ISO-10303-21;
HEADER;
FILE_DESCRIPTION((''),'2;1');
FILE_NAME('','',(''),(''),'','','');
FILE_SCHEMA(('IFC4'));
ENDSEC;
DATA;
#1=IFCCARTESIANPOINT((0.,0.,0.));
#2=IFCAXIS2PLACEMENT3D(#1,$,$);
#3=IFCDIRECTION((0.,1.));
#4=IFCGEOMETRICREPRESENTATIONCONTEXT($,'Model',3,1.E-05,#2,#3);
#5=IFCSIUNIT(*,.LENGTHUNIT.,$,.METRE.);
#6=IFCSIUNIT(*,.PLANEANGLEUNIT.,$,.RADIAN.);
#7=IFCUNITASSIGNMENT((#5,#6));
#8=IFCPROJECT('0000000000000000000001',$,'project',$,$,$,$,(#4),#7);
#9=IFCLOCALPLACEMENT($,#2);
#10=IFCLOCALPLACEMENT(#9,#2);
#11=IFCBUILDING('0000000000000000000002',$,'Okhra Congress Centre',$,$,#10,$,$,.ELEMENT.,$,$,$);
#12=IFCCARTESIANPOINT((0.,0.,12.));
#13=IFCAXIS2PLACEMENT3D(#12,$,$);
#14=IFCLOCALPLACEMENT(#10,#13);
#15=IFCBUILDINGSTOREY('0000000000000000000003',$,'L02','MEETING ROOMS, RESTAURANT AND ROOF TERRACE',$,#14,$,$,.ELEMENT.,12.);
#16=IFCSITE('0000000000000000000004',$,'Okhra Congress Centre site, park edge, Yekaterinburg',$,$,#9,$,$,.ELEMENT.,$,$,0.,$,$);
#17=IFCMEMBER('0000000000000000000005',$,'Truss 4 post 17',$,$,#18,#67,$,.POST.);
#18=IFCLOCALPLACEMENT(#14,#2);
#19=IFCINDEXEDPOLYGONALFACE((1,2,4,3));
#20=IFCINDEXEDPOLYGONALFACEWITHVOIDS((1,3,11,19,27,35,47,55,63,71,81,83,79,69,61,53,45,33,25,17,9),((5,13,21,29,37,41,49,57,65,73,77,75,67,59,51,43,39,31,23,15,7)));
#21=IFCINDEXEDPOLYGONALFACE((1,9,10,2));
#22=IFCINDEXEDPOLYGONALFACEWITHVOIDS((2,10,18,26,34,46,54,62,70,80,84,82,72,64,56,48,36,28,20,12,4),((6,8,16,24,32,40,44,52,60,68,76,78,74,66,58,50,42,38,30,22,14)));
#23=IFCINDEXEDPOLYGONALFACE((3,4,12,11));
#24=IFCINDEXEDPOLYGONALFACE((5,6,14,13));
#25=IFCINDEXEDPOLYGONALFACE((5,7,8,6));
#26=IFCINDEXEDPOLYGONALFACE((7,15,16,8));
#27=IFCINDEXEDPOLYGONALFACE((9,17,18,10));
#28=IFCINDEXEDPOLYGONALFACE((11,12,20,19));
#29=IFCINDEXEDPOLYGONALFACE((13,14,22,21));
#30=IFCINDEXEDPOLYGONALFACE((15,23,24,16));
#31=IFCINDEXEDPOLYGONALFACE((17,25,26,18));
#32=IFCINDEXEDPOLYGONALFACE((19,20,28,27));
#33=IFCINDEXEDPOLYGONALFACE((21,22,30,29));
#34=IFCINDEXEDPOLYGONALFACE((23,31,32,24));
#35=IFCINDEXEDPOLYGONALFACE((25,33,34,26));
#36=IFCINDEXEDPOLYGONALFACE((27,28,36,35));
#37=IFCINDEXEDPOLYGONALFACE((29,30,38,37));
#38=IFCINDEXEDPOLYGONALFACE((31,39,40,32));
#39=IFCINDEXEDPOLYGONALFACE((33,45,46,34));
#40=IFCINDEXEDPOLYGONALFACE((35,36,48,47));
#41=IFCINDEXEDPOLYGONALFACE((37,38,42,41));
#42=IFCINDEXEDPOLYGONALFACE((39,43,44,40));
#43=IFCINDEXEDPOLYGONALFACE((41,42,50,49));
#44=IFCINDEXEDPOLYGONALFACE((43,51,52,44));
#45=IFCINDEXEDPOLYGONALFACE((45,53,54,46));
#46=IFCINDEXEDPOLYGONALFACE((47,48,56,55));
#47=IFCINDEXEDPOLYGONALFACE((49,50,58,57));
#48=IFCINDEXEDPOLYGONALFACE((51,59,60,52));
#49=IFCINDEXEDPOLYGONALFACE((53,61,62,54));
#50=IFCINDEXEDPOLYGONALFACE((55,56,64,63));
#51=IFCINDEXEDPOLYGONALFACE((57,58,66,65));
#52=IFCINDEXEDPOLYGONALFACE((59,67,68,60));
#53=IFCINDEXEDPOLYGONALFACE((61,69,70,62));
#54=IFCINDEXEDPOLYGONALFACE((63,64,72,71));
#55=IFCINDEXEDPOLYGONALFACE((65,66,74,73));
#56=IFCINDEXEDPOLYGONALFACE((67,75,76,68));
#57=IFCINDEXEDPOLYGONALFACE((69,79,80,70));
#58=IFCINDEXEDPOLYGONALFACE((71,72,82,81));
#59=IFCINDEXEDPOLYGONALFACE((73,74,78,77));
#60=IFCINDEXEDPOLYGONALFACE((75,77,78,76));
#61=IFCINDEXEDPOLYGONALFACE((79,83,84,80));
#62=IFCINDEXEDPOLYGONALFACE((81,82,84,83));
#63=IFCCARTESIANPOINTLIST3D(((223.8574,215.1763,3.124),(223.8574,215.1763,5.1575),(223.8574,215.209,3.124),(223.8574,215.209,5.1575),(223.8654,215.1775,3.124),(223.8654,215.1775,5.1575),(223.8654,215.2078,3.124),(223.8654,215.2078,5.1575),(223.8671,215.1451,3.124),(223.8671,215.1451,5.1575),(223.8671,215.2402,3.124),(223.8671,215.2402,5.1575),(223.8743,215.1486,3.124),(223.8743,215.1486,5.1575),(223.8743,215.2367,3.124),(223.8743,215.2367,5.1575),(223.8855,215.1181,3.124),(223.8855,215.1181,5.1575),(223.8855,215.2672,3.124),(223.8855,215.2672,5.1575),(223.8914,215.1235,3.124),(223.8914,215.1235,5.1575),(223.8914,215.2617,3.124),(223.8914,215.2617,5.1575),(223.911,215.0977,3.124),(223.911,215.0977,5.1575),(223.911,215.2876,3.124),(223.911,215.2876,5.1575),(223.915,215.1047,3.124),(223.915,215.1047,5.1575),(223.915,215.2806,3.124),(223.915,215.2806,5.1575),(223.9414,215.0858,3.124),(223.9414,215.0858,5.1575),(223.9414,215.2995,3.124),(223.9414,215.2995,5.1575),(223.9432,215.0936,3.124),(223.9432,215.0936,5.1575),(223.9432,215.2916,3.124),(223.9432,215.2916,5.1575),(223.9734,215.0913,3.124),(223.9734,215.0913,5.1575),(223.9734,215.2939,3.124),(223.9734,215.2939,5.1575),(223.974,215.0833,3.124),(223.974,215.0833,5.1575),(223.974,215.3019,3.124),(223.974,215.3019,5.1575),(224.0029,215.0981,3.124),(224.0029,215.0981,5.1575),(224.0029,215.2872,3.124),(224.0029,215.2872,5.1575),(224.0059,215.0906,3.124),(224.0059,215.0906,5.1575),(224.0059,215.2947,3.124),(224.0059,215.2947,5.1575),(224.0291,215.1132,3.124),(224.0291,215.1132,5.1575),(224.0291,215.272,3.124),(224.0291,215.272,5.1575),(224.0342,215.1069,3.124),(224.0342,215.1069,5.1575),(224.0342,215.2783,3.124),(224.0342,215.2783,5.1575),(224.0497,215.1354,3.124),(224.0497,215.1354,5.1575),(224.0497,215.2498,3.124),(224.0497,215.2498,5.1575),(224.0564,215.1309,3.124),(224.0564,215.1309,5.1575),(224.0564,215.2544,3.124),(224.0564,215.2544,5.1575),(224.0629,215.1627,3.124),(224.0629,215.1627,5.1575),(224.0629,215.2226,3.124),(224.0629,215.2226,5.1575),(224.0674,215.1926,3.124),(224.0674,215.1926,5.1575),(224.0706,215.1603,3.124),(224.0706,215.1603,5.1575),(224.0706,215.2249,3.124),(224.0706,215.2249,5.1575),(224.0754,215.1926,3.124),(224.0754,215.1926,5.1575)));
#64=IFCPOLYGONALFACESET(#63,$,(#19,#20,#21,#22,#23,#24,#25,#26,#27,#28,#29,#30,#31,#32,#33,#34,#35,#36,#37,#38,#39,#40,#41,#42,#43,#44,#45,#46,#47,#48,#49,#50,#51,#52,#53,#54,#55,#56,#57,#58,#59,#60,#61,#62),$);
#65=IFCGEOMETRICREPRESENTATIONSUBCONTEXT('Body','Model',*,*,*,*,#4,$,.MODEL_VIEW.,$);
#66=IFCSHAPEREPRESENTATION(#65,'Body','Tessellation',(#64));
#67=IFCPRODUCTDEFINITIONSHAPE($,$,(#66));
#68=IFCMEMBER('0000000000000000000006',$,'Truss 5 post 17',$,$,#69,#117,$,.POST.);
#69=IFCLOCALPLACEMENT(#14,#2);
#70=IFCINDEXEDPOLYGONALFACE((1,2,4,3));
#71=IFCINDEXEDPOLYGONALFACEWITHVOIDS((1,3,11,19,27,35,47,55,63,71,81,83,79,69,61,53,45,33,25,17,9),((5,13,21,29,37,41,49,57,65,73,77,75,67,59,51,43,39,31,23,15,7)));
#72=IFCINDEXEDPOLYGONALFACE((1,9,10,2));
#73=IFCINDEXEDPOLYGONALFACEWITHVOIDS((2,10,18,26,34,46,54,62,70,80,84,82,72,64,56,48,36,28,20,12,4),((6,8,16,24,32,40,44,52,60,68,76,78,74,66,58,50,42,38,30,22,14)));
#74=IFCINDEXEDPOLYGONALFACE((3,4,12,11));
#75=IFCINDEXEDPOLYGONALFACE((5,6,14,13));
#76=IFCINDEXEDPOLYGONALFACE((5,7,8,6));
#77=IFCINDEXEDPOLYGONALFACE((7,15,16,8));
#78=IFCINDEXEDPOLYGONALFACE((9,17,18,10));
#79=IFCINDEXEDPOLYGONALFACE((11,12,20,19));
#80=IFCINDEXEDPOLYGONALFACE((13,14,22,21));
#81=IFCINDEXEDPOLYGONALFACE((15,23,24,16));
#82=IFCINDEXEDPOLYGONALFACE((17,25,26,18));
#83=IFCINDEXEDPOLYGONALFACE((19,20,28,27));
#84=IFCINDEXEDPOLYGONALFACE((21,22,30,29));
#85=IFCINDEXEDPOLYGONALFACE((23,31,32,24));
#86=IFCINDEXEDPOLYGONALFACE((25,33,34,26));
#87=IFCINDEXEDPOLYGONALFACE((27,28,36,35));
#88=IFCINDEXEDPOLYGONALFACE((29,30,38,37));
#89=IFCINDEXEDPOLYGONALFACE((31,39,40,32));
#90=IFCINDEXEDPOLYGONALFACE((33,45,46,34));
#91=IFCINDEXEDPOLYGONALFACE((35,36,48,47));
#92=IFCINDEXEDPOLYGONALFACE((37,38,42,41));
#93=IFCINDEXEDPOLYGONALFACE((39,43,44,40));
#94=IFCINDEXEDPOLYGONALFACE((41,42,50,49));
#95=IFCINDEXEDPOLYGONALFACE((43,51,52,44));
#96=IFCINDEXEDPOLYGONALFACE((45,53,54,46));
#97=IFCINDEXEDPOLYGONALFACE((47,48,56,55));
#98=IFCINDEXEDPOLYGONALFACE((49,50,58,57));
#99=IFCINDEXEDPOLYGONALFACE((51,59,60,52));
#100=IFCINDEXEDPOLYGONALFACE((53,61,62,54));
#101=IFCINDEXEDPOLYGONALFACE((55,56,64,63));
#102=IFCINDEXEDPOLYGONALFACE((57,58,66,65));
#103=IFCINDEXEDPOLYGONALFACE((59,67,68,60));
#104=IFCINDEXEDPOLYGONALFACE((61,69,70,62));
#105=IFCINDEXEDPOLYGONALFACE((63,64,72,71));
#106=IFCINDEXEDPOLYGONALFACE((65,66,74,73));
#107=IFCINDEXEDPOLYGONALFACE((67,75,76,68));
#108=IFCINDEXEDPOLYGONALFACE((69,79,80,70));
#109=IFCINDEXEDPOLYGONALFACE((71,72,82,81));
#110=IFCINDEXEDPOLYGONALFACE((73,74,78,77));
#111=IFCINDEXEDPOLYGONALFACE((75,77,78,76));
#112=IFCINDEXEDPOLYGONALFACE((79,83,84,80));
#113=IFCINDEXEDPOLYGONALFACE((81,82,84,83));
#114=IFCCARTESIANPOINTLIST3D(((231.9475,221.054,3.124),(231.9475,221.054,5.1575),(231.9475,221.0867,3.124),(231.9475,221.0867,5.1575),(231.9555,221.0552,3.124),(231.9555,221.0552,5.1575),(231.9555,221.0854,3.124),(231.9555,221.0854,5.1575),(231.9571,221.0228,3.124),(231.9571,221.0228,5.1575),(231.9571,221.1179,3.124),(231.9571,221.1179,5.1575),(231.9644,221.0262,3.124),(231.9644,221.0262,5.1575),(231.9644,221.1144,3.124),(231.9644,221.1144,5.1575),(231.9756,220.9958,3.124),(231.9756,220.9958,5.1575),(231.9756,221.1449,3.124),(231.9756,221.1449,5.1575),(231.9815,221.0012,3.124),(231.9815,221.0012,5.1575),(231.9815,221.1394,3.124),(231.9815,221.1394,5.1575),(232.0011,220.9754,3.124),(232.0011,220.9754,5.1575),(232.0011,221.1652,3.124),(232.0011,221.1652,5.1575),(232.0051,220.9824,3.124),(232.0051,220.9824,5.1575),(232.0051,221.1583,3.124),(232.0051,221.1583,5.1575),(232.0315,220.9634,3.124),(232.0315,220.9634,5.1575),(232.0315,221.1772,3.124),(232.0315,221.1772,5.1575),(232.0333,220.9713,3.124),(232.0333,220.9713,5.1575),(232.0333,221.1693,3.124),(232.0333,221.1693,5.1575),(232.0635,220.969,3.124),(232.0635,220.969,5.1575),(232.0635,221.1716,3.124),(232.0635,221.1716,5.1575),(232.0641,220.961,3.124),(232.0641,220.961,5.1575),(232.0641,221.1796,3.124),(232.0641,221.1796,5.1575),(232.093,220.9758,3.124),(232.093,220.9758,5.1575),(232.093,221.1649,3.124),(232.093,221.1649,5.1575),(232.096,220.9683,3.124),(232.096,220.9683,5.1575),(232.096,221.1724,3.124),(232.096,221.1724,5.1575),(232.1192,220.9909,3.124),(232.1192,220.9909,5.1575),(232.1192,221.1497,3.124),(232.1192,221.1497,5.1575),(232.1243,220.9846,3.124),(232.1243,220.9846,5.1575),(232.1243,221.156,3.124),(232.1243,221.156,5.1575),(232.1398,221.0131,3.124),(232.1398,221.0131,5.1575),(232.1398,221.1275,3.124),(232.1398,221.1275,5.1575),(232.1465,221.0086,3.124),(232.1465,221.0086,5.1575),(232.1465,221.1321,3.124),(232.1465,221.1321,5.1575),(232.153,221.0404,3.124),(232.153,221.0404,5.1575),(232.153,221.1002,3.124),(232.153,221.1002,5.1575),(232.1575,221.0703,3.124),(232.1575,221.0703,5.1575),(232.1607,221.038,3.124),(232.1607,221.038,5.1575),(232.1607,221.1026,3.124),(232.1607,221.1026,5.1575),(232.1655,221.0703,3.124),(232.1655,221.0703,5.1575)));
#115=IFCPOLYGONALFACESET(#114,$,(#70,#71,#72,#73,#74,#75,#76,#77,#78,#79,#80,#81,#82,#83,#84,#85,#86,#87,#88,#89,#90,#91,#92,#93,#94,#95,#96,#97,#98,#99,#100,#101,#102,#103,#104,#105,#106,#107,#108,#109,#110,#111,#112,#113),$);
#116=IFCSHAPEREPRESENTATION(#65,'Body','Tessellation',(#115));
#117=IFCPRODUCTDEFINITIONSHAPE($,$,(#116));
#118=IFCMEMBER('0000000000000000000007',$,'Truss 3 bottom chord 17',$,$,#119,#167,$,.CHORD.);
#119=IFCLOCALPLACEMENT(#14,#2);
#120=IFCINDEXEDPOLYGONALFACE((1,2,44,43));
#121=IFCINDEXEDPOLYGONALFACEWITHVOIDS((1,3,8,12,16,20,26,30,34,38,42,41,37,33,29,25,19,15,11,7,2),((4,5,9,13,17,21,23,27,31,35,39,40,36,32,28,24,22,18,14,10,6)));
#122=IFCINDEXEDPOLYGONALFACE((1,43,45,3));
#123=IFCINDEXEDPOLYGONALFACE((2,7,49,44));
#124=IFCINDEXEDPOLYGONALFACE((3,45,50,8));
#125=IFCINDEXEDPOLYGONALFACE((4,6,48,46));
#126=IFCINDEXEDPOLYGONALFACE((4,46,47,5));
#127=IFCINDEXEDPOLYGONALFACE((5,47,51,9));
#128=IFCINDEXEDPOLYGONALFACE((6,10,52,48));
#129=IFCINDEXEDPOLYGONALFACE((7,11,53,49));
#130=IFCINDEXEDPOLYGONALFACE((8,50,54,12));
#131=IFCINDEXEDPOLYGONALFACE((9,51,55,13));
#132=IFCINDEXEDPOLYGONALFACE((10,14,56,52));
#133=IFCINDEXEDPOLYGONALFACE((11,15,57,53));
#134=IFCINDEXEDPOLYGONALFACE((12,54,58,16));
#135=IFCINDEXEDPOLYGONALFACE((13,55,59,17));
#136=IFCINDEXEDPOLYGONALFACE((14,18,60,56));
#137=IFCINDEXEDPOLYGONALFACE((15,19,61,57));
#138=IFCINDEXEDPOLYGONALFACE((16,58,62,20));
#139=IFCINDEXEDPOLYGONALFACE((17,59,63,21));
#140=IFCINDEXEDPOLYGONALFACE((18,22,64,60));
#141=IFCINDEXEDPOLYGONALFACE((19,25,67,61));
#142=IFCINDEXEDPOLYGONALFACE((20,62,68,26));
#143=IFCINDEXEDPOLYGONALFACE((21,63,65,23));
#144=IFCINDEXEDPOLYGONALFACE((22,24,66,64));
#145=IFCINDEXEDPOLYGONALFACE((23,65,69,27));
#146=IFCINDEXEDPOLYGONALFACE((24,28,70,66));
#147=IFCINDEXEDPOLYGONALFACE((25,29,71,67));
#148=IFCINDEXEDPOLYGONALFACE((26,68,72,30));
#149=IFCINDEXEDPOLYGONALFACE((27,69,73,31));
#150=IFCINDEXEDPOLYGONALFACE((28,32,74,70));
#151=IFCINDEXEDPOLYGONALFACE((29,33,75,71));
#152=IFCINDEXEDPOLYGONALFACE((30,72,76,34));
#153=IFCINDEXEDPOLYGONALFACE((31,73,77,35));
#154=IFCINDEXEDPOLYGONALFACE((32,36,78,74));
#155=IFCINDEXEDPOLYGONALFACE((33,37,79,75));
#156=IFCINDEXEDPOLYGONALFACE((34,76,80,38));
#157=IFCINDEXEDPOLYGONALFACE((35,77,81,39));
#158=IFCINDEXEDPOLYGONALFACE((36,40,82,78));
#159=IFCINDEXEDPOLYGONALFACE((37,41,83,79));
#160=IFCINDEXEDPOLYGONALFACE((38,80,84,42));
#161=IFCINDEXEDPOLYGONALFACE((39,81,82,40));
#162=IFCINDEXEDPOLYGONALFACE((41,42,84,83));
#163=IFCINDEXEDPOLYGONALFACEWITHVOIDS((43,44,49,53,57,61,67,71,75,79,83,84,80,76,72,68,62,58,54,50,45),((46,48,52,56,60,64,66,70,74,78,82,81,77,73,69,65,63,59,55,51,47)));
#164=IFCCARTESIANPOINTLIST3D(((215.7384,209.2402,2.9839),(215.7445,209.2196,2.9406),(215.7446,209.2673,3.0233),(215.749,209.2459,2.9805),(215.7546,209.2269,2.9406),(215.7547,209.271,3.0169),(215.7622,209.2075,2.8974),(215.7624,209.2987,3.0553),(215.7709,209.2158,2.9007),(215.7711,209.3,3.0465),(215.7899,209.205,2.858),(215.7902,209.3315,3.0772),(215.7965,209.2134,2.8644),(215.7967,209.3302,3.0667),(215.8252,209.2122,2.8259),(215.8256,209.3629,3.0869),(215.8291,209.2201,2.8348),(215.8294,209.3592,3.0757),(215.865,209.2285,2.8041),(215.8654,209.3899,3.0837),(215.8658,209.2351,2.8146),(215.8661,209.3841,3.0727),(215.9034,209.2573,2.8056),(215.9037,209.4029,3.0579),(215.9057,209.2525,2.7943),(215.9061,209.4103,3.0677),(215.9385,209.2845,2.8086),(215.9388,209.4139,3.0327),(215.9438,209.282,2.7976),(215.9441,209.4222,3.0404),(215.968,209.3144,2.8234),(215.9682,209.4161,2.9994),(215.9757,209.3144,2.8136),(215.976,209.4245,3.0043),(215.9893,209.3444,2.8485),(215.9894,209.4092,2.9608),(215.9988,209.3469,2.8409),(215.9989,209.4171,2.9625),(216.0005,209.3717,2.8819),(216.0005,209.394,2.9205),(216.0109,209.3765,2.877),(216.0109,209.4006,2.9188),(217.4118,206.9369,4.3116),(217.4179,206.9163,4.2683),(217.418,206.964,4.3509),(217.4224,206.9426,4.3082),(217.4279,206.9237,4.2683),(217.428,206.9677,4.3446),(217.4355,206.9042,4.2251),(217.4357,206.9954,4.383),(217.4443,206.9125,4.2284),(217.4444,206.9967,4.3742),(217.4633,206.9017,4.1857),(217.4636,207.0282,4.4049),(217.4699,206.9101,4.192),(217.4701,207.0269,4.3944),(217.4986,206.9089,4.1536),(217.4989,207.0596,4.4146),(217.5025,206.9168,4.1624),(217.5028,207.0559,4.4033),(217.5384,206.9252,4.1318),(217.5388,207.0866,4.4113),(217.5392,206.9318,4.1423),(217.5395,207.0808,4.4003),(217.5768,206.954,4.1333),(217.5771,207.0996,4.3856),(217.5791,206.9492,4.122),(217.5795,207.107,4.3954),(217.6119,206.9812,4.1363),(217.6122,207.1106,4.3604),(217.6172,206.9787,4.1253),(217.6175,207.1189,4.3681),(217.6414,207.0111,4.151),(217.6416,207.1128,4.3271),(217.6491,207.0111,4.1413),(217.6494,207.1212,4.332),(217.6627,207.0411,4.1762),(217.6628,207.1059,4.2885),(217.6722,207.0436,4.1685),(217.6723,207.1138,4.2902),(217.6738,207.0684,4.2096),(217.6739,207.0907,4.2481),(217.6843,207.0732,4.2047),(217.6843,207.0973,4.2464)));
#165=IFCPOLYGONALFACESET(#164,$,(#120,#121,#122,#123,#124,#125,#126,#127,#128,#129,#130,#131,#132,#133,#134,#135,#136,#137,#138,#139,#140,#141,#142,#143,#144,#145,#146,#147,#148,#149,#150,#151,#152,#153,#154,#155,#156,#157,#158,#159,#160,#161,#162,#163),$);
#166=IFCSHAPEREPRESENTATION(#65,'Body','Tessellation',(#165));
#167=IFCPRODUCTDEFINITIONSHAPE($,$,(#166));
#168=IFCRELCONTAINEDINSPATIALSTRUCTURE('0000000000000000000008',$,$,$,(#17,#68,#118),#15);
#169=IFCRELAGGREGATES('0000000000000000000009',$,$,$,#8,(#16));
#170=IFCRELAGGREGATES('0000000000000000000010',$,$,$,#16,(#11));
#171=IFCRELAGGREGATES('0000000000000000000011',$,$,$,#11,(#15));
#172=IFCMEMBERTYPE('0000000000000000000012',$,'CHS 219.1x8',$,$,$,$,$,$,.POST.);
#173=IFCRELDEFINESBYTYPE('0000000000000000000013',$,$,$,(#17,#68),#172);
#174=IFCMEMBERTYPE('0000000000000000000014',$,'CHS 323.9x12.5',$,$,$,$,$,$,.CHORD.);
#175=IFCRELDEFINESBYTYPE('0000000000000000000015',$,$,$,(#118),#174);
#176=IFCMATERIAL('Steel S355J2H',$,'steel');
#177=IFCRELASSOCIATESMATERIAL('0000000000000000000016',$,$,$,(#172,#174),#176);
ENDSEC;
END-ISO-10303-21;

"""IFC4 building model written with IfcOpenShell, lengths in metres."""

from ifc_helpers import new_model, si_unit, direction, frame, origin, origin_2d, place, context, subcontext, project, spatial, hollow_circle, extrude, material, material_profile, profile_set, type_object, element, save


model = new_model("IFC4")

# Units and contexts
model_context = context("Model", 3, precision=1e-05, world=origin(), true_north=direction((0.0, 1.0)))
body_context = subcontext(model_context, "Body", "Model", "MODEL_VIEW")
ifc_project = project(units=[si_unit("LENGTHUNIT", "METRE"), si_unit("PLANEANGLEUNIT", "RADIAN")], contexts=[model_context])

# Site, building, storey
site_placement = place(None, origin())
site = spatial("IfcSite", under=ifc_project, at=site_placement, Name="Okhra Congress Centre site, park edge, Yekaterinburg", CompositionType="ELEMENT", RefElevation=0.0)
building_placement = place(site_placement, origin())
building = spatial("IfcBuilding", under=site, at=building_placement, Name="Okhra Congress Centre", CompositionType="ELEMENT")
storey_placement = place(building_placement, frame((0.0, 0.0, 12.0)))
storey = spatial("IfcBuildingStorey", under=building, at=storey_placement, Name="L02", Description="MEETING ROOMS, RESTAURANT AND ROOF TERRACE", CompositionType="ELEMENT", Elevation=12.0)

# Shared definitions
ifc_material_1 = material(Name="Steel S355J2H", Category="steel")

# Members
ifc_material_profile_1 = material_profile(ifc_material_1, hollow_circle(Radius=0.1096, WallThickness=0.0081, at=origin_2d()), Name="CHS 219.1x8")
ifc_profile_set_1 = profile_set([ifc_material_profile_1], Name="Steel S355J2H")
member_type_1 = type_object("IfcMemberType", Name="CHS 219.1x8", PredefinedType="POST", material=ifc_profile_set_1)
for number, where, z_axis, x_axis, name in (
    (1, (223.9658, 215.1926, 3.124), (0.0, 0.0, 1.0), (1.0, 0.0, 0.0), "Truss 4 post 17"),
    (2, (232.0559, 221.0703, 3.124), (0.0, 0.0, 1.0), (1.0, 0.0, 0.0), "Truss 5 post 17"),
):
    element("IfcMember", number, at=place(storey_placement, frame(where, z_axis=z_axis, x_axis=x_axis)), inside=storey, type_object=member_type_1, Name=name, PredefinedType="POST", context=body_context, shape_type="SweptSolid", body=[
        extrude(hollow_circle(Radius=0.1096, WallThickness=0.0081, at=origin_2d()), origin(), (0.0, 0.0, 1.0), 2.0334),
    ])
ifc_material_profile_2 = material_profile(ifc_material_1, hollow_circle(Radius=0.1619, WallThickness=0.0125, at=origin_2d()), Name="CHS 323.9x12.5")
ifc_profile_set_2 = profile_set([ifc_material_profile_2], Name="Steel S355J2H")
member_type_2 = type_object("IfcMemberType", Name="CHS 323.9x12.5", PredefinedType="CHORD", material=ifc_profile_set_2)
member_1_placement = place(storey_placement, frame((217.5488, 207.0115, 4.2683), z_axis=(-0.532697, 0.733216, -0.422645), x_axis=(-0.809025, -0.587774, 0.0)))
element("IfcMember", 3, at=member_1_placement, inside=storey, type_object=member_type_2, Name="Truss 3 bottom chord 17", PredefinedType="CHORD", context=body_context, shape_type="SweptSolid", body=[
    extrude(hollow_circle(Radius=0.1619, WallThickness=0.0125, at=origin_2d()), origin(), (0.0, 0.0, 1.0), 3.1414),
])

save(model, "model.ifc")
